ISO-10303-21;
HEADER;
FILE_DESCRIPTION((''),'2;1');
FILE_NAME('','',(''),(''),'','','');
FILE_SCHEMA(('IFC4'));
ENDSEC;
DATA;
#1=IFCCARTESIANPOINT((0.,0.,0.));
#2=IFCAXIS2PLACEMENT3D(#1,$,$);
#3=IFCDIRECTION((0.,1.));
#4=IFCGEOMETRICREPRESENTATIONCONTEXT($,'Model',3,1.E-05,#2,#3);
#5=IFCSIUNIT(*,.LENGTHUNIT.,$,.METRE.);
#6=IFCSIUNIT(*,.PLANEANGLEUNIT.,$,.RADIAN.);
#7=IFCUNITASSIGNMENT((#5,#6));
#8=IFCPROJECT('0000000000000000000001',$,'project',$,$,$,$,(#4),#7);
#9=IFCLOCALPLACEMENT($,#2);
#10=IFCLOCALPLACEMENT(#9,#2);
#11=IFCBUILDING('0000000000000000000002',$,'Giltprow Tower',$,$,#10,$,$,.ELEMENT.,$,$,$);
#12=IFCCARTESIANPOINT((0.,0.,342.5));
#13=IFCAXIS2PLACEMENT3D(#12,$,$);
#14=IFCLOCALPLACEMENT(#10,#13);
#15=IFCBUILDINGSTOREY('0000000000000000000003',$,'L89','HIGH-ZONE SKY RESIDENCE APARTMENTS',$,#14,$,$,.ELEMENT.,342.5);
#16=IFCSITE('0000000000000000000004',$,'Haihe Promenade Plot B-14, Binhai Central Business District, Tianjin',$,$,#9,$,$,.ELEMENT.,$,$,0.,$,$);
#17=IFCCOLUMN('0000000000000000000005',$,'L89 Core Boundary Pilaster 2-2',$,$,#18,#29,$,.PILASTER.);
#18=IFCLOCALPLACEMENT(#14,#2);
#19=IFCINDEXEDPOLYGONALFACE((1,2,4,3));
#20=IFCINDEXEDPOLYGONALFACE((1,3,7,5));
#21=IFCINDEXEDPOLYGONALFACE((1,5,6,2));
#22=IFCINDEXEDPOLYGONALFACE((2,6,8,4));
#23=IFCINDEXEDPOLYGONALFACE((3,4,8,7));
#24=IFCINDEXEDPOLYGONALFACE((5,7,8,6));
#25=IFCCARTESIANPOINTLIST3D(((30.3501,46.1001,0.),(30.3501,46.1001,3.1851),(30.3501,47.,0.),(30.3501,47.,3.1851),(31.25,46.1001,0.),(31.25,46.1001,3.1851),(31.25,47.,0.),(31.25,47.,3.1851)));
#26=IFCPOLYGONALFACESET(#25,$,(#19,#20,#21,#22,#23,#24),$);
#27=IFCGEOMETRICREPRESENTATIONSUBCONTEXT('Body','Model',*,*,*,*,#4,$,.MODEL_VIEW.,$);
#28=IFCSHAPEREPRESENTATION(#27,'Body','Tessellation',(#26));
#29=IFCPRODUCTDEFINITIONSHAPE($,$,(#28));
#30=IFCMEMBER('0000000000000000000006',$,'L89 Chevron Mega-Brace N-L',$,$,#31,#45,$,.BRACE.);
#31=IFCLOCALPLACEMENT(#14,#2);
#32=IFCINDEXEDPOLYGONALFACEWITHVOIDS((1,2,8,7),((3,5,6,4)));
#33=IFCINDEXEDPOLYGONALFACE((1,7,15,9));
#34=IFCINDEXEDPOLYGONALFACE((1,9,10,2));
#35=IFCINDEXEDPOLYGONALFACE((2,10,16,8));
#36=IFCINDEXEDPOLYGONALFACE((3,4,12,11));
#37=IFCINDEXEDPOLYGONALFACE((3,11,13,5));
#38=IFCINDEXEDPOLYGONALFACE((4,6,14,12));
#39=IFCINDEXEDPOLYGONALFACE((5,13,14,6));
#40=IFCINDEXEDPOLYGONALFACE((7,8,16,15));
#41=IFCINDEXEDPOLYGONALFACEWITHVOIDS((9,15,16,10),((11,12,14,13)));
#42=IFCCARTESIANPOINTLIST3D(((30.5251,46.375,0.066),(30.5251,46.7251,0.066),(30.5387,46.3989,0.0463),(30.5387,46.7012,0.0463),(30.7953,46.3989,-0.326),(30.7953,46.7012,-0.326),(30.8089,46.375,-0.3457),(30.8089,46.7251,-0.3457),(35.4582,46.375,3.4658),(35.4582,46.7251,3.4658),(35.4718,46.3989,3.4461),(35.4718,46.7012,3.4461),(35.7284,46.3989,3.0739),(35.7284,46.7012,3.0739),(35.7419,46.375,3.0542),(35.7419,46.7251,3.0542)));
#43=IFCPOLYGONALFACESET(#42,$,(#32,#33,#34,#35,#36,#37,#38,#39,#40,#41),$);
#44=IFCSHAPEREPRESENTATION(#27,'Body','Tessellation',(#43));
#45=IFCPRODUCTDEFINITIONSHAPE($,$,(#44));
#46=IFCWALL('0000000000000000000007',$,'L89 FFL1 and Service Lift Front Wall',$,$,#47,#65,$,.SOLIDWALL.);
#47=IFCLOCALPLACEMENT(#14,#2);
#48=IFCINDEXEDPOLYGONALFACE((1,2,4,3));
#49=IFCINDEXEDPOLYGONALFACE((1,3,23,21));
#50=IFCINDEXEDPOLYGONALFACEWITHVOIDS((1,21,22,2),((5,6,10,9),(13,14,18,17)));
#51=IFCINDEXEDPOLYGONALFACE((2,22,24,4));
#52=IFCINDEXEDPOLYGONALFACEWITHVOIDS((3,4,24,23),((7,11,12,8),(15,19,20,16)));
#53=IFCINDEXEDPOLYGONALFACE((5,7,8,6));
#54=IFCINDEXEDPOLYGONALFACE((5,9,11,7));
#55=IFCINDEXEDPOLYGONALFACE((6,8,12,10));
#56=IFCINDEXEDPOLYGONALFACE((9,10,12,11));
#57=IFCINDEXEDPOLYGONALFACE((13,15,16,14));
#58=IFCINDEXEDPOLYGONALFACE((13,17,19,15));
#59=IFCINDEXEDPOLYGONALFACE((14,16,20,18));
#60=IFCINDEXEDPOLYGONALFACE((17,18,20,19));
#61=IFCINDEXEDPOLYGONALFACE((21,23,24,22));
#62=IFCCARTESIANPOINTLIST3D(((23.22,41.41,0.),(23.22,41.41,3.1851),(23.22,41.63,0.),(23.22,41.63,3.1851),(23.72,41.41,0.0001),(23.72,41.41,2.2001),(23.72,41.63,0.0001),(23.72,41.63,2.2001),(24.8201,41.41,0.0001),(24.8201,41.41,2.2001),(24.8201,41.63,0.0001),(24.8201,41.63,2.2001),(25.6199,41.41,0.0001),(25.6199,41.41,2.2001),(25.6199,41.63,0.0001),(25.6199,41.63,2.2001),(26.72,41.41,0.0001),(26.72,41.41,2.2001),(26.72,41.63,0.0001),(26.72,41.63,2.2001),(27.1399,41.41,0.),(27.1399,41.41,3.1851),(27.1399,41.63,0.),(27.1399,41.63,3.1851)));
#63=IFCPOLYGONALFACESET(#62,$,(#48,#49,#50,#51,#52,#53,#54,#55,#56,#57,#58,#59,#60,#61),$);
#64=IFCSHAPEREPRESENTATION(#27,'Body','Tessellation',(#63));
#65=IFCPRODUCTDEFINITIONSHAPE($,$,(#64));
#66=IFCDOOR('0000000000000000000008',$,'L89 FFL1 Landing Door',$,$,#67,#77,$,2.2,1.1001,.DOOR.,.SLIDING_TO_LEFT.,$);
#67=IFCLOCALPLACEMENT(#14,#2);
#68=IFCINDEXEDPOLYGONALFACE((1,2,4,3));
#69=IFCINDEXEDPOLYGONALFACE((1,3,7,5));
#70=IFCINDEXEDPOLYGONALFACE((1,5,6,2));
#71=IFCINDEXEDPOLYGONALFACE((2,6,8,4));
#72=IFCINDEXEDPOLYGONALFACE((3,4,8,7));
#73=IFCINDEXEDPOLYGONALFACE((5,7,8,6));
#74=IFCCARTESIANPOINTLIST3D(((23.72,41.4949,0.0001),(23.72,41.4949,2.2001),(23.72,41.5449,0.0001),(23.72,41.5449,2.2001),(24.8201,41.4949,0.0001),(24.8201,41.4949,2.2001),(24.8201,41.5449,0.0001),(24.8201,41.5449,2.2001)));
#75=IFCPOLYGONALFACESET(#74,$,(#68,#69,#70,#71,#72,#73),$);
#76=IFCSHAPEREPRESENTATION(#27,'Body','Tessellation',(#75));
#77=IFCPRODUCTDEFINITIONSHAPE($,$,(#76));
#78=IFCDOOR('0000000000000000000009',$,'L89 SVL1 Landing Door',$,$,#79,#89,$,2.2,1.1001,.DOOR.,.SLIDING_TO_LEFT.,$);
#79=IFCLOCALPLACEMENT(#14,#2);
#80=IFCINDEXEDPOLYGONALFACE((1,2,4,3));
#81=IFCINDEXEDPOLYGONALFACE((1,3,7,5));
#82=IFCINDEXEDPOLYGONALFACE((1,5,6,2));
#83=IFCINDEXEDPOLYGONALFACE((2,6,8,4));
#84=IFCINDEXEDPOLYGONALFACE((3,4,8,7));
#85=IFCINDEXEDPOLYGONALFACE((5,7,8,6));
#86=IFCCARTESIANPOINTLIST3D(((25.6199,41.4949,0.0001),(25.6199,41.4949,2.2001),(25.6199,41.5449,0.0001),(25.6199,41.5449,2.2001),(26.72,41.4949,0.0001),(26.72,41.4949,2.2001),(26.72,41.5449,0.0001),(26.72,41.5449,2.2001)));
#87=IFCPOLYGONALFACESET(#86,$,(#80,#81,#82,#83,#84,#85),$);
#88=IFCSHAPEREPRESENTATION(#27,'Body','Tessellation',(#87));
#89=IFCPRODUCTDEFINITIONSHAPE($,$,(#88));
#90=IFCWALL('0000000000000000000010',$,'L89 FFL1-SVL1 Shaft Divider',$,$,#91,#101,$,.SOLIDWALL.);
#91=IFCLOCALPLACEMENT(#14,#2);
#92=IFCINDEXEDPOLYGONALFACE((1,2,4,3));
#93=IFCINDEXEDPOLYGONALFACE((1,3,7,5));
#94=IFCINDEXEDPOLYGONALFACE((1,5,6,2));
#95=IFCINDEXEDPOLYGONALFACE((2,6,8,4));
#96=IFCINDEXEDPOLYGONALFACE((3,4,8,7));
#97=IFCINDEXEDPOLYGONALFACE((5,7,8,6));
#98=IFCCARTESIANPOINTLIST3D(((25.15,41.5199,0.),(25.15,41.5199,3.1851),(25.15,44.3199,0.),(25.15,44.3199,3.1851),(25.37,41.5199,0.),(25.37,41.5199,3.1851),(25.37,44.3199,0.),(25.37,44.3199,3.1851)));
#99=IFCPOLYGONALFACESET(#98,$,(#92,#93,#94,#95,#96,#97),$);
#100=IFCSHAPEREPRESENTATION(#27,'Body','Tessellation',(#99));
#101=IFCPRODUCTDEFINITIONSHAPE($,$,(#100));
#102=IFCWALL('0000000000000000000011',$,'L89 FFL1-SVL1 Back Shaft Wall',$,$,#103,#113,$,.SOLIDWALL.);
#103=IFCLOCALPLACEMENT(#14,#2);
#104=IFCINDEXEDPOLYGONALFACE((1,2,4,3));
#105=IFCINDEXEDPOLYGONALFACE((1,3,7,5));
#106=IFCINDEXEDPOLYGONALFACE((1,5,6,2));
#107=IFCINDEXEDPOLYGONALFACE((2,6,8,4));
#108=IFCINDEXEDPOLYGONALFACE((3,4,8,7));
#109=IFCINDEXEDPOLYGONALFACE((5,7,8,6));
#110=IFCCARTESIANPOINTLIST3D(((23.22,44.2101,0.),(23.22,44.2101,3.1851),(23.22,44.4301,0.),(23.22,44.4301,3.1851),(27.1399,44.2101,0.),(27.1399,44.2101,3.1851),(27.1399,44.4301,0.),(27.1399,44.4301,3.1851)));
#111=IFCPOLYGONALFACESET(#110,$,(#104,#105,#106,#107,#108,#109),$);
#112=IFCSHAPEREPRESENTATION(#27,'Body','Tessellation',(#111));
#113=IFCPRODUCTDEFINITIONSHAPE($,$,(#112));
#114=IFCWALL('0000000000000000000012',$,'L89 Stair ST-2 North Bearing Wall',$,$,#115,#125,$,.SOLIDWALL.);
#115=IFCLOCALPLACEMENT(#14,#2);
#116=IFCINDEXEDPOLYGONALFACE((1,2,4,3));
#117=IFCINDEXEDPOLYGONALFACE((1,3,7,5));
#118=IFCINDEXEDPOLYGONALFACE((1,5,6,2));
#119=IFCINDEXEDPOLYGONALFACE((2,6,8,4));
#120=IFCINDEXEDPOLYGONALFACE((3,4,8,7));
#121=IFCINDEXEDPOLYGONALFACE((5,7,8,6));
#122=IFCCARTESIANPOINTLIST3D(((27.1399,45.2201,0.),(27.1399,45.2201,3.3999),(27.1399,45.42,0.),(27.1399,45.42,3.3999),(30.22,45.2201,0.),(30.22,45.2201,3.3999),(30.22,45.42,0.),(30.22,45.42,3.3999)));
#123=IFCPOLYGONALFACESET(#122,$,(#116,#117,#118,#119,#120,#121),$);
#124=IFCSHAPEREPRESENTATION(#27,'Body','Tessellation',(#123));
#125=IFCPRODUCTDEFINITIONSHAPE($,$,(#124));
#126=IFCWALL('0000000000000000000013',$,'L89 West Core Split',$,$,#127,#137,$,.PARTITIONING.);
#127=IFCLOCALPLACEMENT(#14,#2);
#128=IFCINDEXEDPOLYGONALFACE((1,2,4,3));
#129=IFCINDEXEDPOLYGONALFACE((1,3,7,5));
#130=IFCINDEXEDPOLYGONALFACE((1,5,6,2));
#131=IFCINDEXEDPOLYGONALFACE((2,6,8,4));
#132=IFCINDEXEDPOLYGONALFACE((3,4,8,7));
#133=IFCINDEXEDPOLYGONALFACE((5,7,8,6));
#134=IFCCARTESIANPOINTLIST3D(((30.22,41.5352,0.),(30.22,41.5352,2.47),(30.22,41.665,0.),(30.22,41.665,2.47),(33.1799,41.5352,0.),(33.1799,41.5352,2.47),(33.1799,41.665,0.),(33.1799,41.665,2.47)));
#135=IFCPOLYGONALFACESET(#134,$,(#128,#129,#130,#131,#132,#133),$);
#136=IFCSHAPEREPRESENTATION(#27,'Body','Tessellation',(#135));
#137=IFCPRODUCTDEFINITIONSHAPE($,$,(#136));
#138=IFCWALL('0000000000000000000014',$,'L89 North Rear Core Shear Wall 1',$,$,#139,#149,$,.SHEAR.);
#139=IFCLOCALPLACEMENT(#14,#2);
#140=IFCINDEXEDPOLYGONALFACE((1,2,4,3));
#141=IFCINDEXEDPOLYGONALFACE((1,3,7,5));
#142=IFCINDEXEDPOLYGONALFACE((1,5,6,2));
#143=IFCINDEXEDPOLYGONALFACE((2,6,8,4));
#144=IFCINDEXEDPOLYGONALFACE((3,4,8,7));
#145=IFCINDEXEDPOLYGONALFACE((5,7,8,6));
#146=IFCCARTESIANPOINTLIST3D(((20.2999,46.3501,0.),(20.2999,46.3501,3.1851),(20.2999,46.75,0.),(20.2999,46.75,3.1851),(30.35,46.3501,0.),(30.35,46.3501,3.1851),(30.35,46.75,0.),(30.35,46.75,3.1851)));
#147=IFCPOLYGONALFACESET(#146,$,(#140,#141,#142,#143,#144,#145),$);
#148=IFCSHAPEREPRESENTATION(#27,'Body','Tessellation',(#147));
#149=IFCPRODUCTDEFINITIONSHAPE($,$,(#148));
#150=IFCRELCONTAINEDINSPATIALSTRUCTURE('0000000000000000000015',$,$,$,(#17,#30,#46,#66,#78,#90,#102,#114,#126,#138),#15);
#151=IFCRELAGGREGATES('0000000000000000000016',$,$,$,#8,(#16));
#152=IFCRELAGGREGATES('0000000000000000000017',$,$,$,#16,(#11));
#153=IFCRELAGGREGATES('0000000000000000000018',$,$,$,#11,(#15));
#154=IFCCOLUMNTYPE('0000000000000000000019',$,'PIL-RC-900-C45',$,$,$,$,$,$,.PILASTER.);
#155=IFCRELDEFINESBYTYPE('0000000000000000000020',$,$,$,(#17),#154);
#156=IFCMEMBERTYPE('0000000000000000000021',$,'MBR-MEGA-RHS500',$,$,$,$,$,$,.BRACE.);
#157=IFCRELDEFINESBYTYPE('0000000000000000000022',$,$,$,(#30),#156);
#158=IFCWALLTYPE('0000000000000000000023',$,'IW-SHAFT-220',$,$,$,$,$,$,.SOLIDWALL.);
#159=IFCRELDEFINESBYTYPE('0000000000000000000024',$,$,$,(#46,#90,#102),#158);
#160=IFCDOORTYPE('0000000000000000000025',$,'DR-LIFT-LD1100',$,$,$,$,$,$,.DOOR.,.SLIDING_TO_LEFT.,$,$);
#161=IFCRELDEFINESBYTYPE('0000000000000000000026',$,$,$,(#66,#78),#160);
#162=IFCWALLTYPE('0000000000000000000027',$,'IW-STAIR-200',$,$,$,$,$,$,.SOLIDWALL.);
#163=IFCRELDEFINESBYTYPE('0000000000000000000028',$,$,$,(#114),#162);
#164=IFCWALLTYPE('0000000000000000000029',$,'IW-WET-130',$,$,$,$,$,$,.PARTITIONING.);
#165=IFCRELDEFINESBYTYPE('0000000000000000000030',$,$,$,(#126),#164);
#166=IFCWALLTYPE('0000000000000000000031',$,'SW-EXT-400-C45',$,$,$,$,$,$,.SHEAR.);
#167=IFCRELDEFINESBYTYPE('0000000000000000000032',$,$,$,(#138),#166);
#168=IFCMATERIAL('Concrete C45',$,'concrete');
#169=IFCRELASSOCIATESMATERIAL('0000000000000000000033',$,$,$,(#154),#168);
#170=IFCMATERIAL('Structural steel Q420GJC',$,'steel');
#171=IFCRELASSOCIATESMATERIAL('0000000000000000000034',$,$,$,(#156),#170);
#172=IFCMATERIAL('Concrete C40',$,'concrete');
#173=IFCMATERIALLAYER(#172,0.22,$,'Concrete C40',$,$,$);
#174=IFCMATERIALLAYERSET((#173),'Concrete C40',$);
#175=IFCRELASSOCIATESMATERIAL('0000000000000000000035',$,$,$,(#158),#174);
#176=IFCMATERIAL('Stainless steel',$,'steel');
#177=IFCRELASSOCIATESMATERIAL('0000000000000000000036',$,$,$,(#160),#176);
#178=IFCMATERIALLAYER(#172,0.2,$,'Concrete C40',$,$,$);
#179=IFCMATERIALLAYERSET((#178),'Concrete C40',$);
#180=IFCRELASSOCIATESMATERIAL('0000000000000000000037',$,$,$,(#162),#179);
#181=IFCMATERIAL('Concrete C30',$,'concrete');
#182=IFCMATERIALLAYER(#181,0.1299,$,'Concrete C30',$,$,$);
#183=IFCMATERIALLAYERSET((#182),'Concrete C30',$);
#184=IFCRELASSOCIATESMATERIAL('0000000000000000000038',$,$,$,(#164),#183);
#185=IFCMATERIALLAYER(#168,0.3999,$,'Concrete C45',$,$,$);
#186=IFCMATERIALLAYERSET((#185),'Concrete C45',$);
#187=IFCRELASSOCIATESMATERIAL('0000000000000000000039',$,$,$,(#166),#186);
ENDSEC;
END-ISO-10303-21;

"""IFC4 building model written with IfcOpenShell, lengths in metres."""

from ifc_helpers import new_model, si_unit, direction, frame, frame_2d, origin, origin_2d, place, context, subcontext, project, spatial, rectangle, hollow_rectangle, extrude, source, transform, mapped, material, layer, layer_set, material_profile, profile_set, type_object, element, fill, save


model = new_model("IFC4")

# Units and contexts
model_context = context("Model", 3, precision=1e-05, world=origin(), true_north=direction((0.0, 1.0)))
body_context = subcontext(model_context, "Body", "Model", "MODEL_VIEW")
ifc_project = project(units=[si_unit("LENGTHUNIT", "METRE"), si_unit("PLANEANGLEUNIT", "RADIAN")], contexts=[model_context])

# Site, building, storey
site_placement = place(None, origin())
site = spatial("IfcSite", under=ifc_project, at=site_placement, Name="Haihe Promenade Plot B-14, Binhai Central Business District, Tianjin", CompositionType="ELEMENT", RefElevation=0.0)
building_placement = place(site_placement, origin())
building = spatial("IfcBuilding", under=site, at=building_placement, Name="Giltprow Tower", CompositionType="ELEMENT")
storey_placement = place(building_placement, frame((0.0, 0.0, 342.5)))
storey = spatial("IfcBuildingStorey", under=building, at=storey_placement, Name="L89", Description="HIGH-ZONE SKY RESIDENCE APARTMENTS", CompositionType="ELEMENT", Elevation=342.5)

# Column
ifc_material_1 = material(Name="Concrete C45", Category="concrete")
ifc_material_profile_1 = material_profile(ifc_material_1, rectangle(XDim=0.8999, YDim=0.8999, at=origin_2d()), Name="RC 900x900")
ifc_profile_set_1 = profile_set([ifc_material_profile_1], Name="Concrete C45")
column_type = type_object("IfcColumnType", Name="PIL-RC-900-C45", PredefinedType="PILASTER", material=ifc_profile_set_1)
shared_shape_1 = source(origin(), body_context, "Body", "SweptSolid", [
    extrude(rectangle(XDim=0.8999, YDim=0.8999, at=origin_2d()), origin(), (0.0, 0.0, 1.0), 3.1851),
])
column_placement = place(storey_placement, frame((30.8, 46.55, 0.0), z_axis=(0.0, 0.0, 1.0), x_axis=(1.0, 0.0, 0.0)))
element("IfcColumn", 1, at=column_placement, inside=storey, type_object=column_type, Name="L89 Core Boundary Pilaster 2-2", PredefinedType="PILASTER", context=body_context, shape_type="MappedRepresentation", body=[
    mapped(shared_shape_1, transform((0.0, 0.0, 0.0), x_axis=(1.0, 0.0, 0.0), y_axis=(0.0, 1.0, 0.0), z_axis=(0.0, 0.0, 1.0), scale=1.0)),
])

# Member
ifc_material_2 = material(Name="Structural steel Q420GJC", Category="steel")
ifc_material_profile_2 = material_profile(ifc_material_2, hollow_rectangle(XDim=0.3501, YDim=0.5, WallThickness=0.0239, at=origin_2d()), Name="RHS 500x350x24")
ifc_profile_set_2 = profile_set([ifc_material_profile_2], Name="Structural steel Q420GJC")
member_type = type_object("IfcMemberType", Name="MBR-MEGA-RHS500", PredefinedType="BRACE", material=ifc_profile_set_2)
shared_shape_2 = source(origin(), body_context, "Body", "SweptSolid", [
    extrude(hollow_rectangle(XDim=0.3501, YDim=0.5, WallThickness=0.0239, at=origin_2d()), origin(), (0.0, 0.0, 1.0), 5.9912),
])
member_placement = place(storey_placement, frame((30.667, 46.55, -0.1399), z_axis=(0.823387, 0.0, 0.56748), x_axis=(0.0, 1.0, 0.0)))
element("IfcMember", 2, at=member_placement, inside=storey, type_object=member_type, Name="L89 Chevron Mega-Brace N-L", PredefinedType="BRACE", context=body_context, shape_type="MappedRepresentation", body=[
    mapped(shared_shape_2, transform((0.0, 0.0, 0.0), x_axis=(1.0, 0.0, 0.0), y_axis=(0.0, 1.0, 0.0), z_axis=(0.0, 0.0, 1.0), scale=1.0)),
])

# Wall, openings, doors
ifc_material_3 = material(Name="Concrete C40", Category="concrete")
ifc_layer_1 = layer(ifc_material_3, 0.22, Name="Concrete C40")
ifc_layer_set_1 = layer_set([ifc_layer_1], Name="Concrete C40")
wall_type_1 = type_object("IfcWallType", Name="IW-SHAFT-220", PredefinedType="SOLIDWALL", material=ifc_layer_set_1)
wall_1_placement = place(storey_placement, frame((23.22, 41.52, 0.0), z_axis=(0.0, 0.0, 1.0), x_axis=(1.0, 0.0, 0.0)))
wall_1 = element("IfcWall", 3, at=wall_1_placement, inside=storey, type_object=wall_type_1, Name="L89 FFL1 and Service Lift Front Wall", PredefinedType="SOLIDWALL", context=body_context, shape_type="SweptSolid", body=[
    extrude(rectangle(XDim=3.9199, YDim=0.22, at=frame_2d((1.96, 0.0))), origin(), (0.0, 0.0, 1.0), 3.1851),
])
opening_1_placement = place(wall_1_placement, frame((0.5, 0.0, 0.0)))
opening_1 = element("IfcOpeningElement", 4, at=opening_1_placement, cuts=wall_1, PredefinedType="OPENING", context=body_context, shape_type="SweptSolid", body=[
    extrude(rectangle(XDim=1.1001, YDim=2.2, at=frame_2d((0.55, 1.1001))), frame((0.0, 0.1199, 0.0), z_axis=(0.0, -1.0, 0.0), x_axis=(1.0, 0.0, 0.0)), (0.0, 0.0, 1.0), 0.24),
])
opening_2_placement = place(wall_1_placement, frame((2.3999, 0.0, 0.0)))
opening_2 = element("IfcOpeningElement", 5, at=opening_2_placement, cuts=wall_1, PredefinedType="OPENING", context=body_context, shape_type="SweptSolid", body=[
    extrude(rectangle(XDim=1.1001, YDim=2.2, at=frame_2d((0.55, 1.1001))), frame((0.0, 0.1199, 0.0), z_axis=(0.0, -1.0, 0.0), x_axis=(1.0, 0.0, 0.0)), (0.0, 0.0, 1.0), 0.24),
])
ifc_material_4 = material(Name="Stainless steel", Category="steel")
door_type = type_object("IfcDoorType", Name="DR-LIFT-LD1100", OperationType="SLIDING_TO_LEFT", PredefinedType="DOOR", material=ifc_material_4)
shared_shape_3 = source(origin(), body_context, "Body", "SweptSolid", [
    extrude(rectangle(XDim=1.1001, YDim=2.2, at=frame_2d((0.55, 1.1001))), frame((0.0, 0.0249, 0.0), z_axis=(0.0, -1.0, 0.0), x_axis=(1.0, 0.0, 0.0)), (0.0, 0.0, 1.0), 0.05),
])
door_1_placement = place(opening_1_placement, origin())
door_1 = element("IfcDoor", 6, at=door_1_placement, inside=storey, type_object=door_type, Name="L89 FFL1 Landing Door", OperationType="SLIDING_TO_LEFT", OverallHeight=2.2, OverallWidth=1.1001, PredefinedType="DOOR", context=body_context, shape_type="MappedRepresentation", body=[
    mapped(shared_shape_3, transform((0.0, 0.0, 0.0), x_axis=(1.0, 0.0, 0.0), y_axis=(0.0, 1.0, 0.0), z_axis=(0.0, 0.0, 1.0), scale=1.0)),
])
fill(opening_1, door_1)
door_2_placement = place(opening_2_placement, origin())
door_2 = element("IfcDoor", 7, at=door_2_placement, inside=storey, type_object=door_type, Name="L89 SVL1 Landing Door", OperationType="SLIDING_TO_LEFT", OverallHeight=2.2, OverallWidth=1.1001, PredefinedType="DOOR", context=body_context, shape_type="MappedRepresentation", body=[
    mapped(shared_shape_3, transform((0.0, 0.0, 0.0), x_axis=(1.0, 0.0, 0.0), y_axis=(0.0, 1.0, 0.0), z_axis=(0.0, 0.0, 1.0), scale=1.0)),
])
fill(opening_2, door_2)

# Walls
wall_2_placement = place(storey_placement, frame((25.26, 41.52, 0.0), z_axis=(0.0, 0.0, 1.0), x_axis=(0.0, 1.0, 0.0)))
element("IfcWall", 8, at=wall_2_placement, inside=storey, type_object=wall_type_1, Name="L89 FFL1-SVL1 Shaft Divider", PredefinedType="SOLIDWALL", context=body_context, shape_type="SweptSolid", body=[
    extrude(rectangle(XDim=2.8, YDim=0.22, at=frame_2d((1.3999, 0.0))), origin(), (0.0, 0.0, 1.0), 3.1851),
])
wall_3_placement = place(storey_placement, frame((23.22, 44.3201, 0.0), z_axis=(0.0, 0.0, 1.0), x_axis=(1.0, 0.0, 0.0)))
element("IfcWall", 9, at=wall_3_placement, inside=storey, type_object=wall_type_1, Name="L89 FFL1-SVL1 Back Shaft Wall", PredefinedType="SOLIDWALL", context=body_context, shape_type="SweptSolid", body=[
    extrude(rectangle(XDim=3.9199, YDim=0.22, at=frame_2d((1.96, 0.0))), origin(), (0.0, 0.0, 1.0), 3.1851),
])
ifc_layer_2 = layer(ifc_material_3, 0.2, Name="Concrete C40")
ifc_layer_set_2 = layer_set([ifc_layer_2], Name="Concrete C40")
wall_type_2 = type_object("IfcWallType", Name="IW-STAIR-200", PredefinedType="SOLIDWALL", material=ifc_layer_set_2)
wall_4_placement = place(storey_placement, frame((27.1399, 45.3201, 0.0), z_axis=(0.0, 0.0, 1.0), x_axis=(1.0, 0.0, 0.0)))
element("IfcWall", 10, at=wall_4_placement, inside=storey, type_object=wall_type_2, Name="L89 Stair ST-2 North Bearing Wall", PredefinedType="SOLIDWALL", context=body_context, shape_type="SweptSolid", body=[
    extrude(rectangle(XDim=3.0801, YDim=0.2, at=frame_2d((1.54, 0.0))), origin(), (0.0, 0.0, 1.0), 3.3999),
])
ifc_material_5 = material(Name="Concrete C30", Category="concrete")
ifc_layer_3 = layer(ifc_material_5, 0.1299, Name="Concrete C30")
ifc_layer_set_3 = layer_set([ifc_layer_3], Name="Concrete C30")
wall_type_3 = type_object("IfcWallType", Name="IW-WET-130", PredefinedType="PARTITIONING", material=ifc_layer_set_3)
wall_5_placement = place(storey_placement, frame((30.22, 41.6001, 0.0), z_axis=(0.0, 0.0, 1.0), x_axis=(1.0, 0.0, 0.0)))
element("IfcWall", 11, at=wall_5_placement, inside=storey, type_object=wall_type_3, Name="L89 West Core Split", PredefinedType="PARTITIONING", context=body_context, shape_type="SweptSolid", body=[
    extrude(rectangle(XDim=2.96, YDim=0.1299, at=frame_2d((1.48, 0.0))), origin(), (0.0, 0.0, 1.0), 2.47),
])
ifc_layer_4 = layer(ifc_material_1, 0.3999, Name="Concrete C45")
ifc_layer_set_4 = layer_set([ifc_layer_4], Name="Concrete C45")
wall_type_4 = type_object("IfcWallType", Name="SW-EXT-400-C45", PredefinedType="SHEAR", material=ifc_layer_set_4)
wall_6_placement = place(storey_placement, frame((20.3, 46.55, 0.0), z_axis=(0.0, 0.0, 1.0), x_axis=(1.0, 0.0, 0.0)))
element("IfcWall", 12, at=wall_6_placement, inside=storey, type_object=wall_type_4, Name="L89 North Rear Core Shear Wall 1", PredefinedType="SHEAR", context=body_context, shape_type="SweptSolid", body=[
    extrude(rectangle(XDim=10.05, YDim=0.3999, at=frame_2d((5.0249, 0.0))), origin(), (0.0, 0.0, 1.0), 3.1851),
])

save(model, "model.ifc")
